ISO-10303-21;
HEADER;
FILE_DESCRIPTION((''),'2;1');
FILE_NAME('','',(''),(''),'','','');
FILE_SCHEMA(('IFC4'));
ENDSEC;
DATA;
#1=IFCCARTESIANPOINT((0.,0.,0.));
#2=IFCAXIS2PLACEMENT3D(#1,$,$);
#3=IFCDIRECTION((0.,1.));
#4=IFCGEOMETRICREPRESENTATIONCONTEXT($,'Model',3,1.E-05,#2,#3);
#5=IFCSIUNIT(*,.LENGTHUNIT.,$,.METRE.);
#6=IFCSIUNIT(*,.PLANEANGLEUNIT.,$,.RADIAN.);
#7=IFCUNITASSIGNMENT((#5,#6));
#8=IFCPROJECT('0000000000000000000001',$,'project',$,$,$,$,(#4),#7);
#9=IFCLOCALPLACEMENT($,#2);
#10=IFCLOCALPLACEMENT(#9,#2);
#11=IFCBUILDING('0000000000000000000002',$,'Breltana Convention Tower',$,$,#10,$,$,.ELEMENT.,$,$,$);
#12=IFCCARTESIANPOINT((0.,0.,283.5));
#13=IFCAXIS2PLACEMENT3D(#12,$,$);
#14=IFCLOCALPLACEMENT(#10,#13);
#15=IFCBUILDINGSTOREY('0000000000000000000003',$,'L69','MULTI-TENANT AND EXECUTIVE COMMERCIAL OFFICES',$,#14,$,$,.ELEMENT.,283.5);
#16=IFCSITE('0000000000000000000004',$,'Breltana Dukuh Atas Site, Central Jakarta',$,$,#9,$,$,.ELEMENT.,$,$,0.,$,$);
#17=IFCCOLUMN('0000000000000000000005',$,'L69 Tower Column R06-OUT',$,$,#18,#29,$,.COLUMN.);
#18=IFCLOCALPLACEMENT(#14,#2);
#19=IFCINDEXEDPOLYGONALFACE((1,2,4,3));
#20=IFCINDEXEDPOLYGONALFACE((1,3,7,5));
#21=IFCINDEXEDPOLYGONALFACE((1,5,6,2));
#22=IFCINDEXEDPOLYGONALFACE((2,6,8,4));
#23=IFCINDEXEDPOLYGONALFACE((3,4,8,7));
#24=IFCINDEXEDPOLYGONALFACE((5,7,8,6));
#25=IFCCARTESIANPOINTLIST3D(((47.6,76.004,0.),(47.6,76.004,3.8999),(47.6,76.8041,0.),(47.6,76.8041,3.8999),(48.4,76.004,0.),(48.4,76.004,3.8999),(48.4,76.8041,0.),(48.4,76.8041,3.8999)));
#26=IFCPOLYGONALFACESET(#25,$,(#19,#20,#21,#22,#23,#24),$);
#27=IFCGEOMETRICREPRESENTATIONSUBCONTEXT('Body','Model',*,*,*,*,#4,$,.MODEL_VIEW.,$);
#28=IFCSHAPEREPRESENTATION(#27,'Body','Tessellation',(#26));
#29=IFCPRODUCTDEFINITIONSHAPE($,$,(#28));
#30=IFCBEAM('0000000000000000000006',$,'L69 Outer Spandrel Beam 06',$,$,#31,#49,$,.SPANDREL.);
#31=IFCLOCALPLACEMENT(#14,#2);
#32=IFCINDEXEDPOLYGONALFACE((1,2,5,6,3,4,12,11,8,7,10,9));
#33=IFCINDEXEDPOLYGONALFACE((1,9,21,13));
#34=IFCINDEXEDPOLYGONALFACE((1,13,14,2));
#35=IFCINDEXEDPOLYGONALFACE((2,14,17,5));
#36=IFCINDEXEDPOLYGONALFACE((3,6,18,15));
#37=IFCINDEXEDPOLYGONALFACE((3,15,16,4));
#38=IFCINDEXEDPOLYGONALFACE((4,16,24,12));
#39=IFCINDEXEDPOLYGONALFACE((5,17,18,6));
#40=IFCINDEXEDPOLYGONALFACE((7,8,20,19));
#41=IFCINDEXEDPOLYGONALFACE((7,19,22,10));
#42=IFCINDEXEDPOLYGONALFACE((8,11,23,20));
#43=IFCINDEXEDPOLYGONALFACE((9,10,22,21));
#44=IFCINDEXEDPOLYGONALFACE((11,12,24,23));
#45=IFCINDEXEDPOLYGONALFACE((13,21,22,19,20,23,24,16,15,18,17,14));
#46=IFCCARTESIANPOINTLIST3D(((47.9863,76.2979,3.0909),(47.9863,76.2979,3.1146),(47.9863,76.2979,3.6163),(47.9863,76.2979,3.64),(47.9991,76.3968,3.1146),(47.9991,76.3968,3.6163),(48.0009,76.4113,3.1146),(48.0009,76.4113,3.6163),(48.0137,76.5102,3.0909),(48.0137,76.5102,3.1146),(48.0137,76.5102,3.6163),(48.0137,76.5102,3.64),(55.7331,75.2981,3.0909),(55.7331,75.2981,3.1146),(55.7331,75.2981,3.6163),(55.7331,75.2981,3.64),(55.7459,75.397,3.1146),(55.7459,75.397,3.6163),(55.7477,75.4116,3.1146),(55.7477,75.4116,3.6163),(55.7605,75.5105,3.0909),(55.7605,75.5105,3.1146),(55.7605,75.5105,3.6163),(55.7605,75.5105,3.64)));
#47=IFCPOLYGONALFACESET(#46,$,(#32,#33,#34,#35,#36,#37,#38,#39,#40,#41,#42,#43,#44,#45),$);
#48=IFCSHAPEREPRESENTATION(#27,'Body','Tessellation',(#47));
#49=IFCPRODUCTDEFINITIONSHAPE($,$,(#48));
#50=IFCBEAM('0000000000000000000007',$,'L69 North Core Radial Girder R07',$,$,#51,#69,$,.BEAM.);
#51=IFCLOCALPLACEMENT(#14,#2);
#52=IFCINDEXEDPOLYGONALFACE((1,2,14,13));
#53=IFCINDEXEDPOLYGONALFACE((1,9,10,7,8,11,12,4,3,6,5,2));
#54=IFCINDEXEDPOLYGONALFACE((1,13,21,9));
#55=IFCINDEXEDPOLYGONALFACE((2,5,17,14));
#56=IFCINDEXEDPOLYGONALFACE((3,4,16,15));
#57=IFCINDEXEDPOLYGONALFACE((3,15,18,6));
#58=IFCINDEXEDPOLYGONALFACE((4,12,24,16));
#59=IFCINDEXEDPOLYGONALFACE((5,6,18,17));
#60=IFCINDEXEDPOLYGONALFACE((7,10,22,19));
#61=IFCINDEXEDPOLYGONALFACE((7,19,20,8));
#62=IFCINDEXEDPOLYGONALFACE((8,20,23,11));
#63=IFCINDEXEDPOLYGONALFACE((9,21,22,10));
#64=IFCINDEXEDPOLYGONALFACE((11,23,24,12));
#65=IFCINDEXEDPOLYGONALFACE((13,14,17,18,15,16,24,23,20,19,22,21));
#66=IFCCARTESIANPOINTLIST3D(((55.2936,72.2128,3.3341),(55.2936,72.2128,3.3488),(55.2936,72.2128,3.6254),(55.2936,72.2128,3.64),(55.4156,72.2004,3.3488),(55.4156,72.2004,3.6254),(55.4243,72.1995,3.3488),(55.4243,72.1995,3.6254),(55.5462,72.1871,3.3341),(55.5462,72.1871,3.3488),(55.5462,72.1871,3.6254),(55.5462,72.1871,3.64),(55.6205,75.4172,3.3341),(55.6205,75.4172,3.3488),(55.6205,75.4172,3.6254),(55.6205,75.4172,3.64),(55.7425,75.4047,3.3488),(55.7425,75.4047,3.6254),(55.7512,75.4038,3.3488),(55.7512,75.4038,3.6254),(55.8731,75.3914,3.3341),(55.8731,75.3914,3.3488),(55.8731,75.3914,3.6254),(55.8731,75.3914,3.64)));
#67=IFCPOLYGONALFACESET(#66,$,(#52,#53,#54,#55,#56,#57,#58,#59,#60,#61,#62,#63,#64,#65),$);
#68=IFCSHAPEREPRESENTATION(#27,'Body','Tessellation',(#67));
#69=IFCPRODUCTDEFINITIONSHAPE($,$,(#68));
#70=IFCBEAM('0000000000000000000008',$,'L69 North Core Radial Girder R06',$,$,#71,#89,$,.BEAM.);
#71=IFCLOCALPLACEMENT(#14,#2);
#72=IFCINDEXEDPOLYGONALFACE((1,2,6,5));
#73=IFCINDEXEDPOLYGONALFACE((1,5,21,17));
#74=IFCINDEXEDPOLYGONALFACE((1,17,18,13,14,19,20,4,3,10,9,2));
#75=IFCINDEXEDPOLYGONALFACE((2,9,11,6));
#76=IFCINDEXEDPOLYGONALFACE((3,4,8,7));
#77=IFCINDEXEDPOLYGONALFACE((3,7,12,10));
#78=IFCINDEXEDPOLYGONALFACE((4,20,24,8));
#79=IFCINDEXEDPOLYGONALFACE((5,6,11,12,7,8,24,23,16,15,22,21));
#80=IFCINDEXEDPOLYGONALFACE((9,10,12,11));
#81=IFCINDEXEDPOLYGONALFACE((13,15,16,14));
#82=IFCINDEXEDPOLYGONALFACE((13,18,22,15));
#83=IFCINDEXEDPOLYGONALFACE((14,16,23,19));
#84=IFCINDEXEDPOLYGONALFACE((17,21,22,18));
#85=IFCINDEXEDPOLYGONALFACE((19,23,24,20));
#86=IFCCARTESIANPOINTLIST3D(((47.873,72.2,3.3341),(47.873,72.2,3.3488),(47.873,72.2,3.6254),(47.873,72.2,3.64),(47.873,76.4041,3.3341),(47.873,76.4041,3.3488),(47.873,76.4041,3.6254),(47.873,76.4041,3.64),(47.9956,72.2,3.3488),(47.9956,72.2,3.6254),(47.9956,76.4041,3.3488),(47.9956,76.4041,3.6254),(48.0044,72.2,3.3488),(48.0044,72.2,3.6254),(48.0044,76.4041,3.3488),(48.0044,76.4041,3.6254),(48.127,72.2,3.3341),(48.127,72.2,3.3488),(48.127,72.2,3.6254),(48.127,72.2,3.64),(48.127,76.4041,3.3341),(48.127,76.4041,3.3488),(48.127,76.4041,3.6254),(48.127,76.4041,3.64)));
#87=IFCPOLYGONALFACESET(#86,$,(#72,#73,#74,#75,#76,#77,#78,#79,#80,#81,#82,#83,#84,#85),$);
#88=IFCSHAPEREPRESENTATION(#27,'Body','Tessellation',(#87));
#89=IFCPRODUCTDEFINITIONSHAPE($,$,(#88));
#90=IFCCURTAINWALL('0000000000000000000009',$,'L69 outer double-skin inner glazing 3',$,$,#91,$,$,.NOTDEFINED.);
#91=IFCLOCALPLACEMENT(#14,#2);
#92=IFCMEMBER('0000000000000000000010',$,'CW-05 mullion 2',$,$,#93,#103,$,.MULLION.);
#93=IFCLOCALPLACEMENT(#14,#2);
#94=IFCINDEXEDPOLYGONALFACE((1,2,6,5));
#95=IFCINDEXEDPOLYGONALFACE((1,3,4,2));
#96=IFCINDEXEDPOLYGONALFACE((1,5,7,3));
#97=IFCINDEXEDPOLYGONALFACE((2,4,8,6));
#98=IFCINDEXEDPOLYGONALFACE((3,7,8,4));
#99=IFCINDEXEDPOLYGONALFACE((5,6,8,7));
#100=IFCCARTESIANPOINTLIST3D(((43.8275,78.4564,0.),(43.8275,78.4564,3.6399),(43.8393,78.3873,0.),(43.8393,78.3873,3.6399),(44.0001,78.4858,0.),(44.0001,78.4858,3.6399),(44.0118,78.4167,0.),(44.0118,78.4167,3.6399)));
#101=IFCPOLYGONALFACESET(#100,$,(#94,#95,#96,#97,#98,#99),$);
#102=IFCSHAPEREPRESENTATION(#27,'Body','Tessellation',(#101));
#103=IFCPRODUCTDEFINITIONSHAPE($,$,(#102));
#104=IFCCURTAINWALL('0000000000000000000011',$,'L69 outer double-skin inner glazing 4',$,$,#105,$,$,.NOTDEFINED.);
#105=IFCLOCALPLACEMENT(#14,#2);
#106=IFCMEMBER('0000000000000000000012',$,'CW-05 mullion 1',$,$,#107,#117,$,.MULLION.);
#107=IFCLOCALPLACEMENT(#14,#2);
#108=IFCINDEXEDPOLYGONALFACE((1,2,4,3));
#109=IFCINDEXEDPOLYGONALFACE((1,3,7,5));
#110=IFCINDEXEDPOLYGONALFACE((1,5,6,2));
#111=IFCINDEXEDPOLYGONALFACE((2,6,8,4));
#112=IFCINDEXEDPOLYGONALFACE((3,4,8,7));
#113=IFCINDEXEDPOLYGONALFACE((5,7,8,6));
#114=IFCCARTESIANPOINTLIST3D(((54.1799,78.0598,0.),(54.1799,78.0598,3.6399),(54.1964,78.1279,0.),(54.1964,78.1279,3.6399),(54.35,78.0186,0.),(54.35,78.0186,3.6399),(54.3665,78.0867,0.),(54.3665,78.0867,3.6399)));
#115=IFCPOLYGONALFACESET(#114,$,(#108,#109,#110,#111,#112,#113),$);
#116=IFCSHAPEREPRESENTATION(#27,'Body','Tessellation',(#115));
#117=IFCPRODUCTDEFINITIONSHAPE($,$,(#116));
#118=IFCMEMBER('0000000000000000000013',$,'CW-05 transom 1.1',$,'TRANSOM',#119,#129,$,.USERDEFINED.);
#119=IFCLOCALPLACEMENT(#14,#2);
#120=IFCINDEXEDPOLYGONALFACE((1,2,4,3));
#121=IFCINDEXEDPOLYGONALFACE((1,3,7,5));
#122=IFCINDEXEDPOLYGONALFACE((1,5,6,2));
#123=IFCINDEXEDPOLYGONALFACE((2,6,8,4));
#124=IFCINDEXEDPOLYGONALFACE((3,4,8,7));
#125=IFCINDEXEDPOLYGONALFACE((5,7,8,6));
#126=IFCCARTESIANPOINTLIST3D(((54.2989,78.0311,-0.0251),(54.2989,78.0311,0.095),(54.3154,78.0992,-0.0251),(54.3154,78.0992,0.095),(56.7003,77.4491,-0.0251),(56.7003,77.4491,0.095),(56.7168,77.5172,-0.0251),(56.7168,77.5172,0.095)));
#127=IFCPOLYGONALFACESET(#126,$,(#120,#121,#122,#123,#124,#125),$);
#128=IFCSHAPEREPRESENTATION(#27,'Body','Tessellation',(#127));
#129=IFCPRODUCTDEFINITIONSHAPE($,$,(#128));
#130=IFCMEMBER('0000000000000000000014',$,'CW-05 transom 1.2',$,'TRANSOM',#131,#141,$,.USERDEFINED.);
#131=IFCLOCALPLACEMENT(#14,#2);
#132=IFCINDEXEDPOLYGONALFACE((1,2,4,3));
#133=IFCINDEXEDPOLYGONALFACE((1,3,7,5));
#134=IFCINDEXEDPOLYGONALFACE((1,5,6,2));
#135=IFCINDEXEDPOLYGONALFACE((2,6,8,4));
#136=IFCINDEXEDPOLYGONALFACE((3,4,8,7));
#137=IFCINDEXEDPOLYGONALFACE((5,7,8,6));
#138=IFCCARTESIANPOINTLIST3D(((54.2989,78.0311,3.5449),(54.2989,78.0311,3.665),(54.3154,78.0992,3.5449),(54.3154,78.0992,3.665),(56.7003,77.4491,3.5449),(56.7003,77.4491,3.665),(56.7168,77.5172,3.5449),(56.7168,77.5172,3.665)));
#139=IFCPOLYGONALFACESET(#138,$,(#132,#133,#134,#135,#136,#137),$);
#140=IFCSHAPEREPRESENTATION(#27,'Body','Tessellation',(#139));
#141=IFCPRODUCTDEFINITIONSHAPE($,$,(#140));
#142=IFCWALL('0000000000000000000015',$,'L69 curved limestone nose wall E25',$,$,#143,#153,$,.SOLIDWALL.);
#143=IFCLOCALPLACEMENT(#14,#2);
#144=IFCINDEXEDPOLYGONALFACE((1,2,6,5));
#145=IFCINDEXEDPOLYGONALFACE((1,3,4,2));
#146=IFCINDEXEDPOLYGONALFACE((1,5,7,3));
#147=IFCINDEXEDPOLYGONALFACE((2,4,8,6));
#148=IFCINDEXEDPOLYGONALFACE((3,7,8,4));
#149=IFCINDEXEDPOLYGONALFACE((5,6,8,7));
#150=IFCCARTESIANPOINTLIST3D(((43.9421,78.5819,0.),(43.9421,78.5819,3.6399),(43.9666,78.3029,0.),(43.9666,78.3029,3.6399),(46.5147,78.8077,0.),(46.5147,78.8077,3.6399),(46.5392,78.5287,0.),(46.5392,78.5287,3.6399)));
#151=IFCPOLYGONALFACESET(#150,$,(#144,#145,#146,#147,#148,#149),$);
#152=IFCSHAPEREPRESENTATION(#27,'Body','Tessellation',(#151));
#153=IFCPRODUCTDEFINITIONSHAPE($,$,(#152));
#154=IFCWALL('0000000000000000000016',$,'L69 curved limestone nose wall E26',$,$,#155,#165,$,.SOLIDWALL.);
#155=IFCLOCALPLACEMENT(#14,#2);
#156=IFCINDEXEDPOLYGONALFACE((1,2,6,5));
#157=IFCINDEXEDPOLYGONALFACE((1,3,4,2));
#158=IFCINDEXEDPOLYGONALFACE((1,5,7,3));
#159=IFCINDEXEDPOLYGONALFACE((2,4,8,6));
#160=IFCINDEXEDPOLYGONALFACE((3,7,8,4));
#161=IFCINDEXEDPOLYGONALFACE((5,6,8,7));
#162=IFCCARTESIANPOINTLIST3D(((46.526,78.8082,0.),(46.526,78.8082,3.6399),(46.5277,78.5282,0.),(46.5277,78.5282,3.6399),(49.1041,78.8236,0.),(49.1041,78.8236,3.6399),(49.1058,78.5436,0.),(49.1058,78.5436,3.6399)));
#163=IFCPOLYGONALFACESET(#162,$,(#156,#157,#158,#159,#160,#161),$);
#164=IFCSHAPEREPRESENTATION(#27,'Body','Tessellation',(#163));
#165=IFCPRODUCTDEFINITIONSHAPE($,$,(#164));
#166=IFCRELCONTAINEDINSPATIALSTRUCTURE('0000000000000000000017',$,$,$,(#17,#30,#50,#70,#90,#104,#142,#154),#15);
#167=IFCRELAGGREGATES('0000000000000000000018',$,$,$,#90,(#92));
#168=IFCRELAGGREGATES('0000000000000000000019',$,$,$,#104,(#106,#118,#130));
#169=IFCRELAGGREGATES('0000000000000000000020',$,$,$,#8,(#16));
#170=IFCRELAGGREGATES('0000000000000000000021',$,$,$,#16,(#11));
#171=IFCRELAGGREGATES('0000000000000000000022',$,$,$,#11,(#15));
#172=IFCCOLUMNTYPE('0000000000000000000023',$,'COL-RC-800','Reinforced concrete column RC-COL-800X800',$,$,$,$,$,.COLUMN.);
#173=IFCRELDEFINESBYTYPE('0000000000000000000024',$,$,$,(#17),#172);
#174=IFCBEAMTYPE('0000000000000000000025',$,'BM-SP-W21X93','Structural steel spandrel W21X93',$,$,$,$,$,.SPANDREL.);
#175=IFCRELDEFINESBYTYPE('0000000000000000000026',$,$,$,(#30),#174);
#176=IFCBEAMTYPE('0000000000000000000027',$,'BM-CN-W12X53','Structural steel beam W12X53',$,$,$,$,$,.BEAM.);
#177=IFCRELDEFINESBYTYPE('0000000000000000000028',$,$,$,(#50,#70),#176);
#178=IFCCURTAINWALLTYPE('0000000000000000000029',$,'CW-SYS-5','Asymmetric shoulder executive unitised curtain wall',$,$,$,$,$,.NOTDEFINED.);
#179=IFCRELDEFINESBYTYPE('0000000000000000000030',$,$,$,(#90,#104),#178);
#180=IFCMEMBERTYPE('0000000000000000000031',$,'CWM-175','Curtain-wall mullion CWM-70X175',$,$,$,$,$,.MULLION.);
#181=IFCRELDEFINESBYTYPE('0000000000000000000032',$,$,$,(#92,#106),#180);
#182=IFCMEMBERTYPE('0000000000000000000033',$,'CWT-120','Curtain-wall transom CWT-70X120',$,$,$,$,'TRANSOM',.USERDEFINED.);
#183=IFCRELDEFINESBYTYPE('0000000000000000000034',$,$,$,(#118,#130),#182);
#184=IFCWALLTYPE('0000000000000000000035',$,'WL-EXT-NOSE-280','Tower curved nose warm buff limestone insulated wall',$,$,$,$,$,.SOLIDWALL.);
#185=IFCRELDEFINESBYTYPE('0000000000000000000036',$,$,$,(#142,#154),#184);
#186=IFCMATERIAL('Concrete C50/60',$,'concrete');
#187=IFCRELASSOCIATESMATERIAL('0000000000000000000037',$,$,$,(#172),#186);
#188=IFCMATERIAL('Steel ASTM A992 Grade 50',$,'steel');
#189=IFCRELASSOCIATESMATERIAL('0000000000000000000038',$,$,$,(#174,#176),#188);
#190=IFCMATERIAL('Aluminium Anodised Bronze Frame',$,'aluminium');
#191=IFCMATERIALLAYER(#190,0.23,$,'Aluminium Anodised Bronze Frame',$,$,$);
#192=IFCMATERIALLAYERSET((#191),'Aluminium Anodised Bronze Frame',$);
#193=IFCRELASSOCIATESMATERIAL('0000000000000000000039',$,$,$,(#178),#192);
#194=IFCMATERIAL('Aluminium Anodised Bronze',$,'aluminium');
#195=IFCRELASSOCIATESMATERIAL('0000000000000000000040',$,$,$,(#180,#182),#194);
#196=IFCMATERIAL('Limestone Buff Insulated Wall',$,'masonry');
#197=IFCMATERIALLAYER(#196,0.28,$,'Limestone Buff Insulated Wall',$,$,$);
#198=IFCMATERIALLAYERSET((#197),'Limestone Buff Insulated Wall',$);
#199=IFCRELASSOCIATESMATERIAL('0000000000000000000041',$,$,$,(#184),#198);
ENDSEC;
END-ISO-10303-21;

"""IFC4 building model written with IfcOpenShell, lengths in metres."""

from ifc_helpers import new_model, si_unit, direction, frame, frame_2d, origin, origin_2d, place, context, subcontext, project, spatial, rectangle, i_section, extrude, source, transform, mapped, material, layer, layer_set, material_profile, profile_set, type_object, element, aggregate, save


model = new_model("IFC4")

# Units and contexts
model_context = context("Model", 3, precision=1e-05, world=origin(), true_north=direction((0.0, 1.0)))
body_context = subcontext(model_context, "Body", "Model", "MODEL_VIEW")
ifc_project = project(units=[si_unit("LENGTHUNIT", "METRE"), si_unit("PLANEANGLEUNIT", "RADIAN")], contexts=[model_context])

# Site, building, storey
site_placement = place(None, origin())
site = spatial("IfcSite", under=ifc_project, at=site_placement, Name="Breltana Dukuh Atas Site, Central Jakarta", CompositionType="ELEMENT", RefElevation=0.0)
building_placement = place(site_placement, origin())
building = spatial("IfcBuilding", under=site, at=building_placement, Name="Breltana Convention Tower", CompositionType="ELEMENT")
storey_placement = place(building_placement, frame((0.0, 0.0, 283.5)))
storey = spatial("IfcBuildingStorey", under=building, at=storey_placement, Name="L69", Description="MULTI-TENANT AND EXECUTIVE COMMERCIAL OFFICES", CompositionType="ELEMENT", Elevation=283.5)

# Column
ifc_material_1 = material(Name="Concrete C50/60", Category="concrete")
ifc_material_profile_1 = material_profile(ifc_material_1, rectangle(XDim=0.8, YDim=0.8, at=origin_2d()), Name="RC-COL-800X800")
ifc_profile_set_1 = profile_set([ifc_material_profile_1], Name="Concrete C50/60")
column_type = type_object("IfcColumnType", Name="COL-RC-800", Description="Reinforced concrete column RC-COL-800X800", PredefinedType="COLUMN", material=ifc_profile_set_1)
shared_shape_1 = source(origin(), body_context, "Body", "SweptSolid", [
    extrude(rectangle(XDim=0.8, YDim=0.8, at=origin_2d()), origin(), (0.0, 0.0, 1.0), 3.8999),
])
column_placement = place(storey_placement, frame((48.0, 76.4041, 0.0), z_axis=(0.0, 0.0, 1.0), x_axis=(0.0, 1.0, 0.0)))
element("IfcColumn", 1, at=column_placement, inside=storey, type_object=column_type, Name="L69 Tower Column R06-OUT", PredefinedType="COLUMN", context=body_context, shape_type="MappedRepresentation", body=[
    mapped(shared_shape_1, transform((0.0, 0.0, 0.0), scale=1.0)),
])

# Beams
ifc_material_2 = material(Name="Steel ASTM A992 Grade 50", Category="steel")
ifc_material_profile_2 = material_profile(ifc_material_2, i_section(OverallWidth=0.2141, OverallDepth=0.5491, WebThickness=0.0146, FlangeThickness=0.0237, at=origin_2d()), Name="W21X93")
ifc_profile_set_2 = profile_set([ifc_material_profile_2], Name="Steel ASTM A992 Grade 50")
beam_type_1 = type_object("IfcBeamType", Name="BM-SP-W21X93", Description="Structural steel spandrel W21X93", PredefinedType="SPANDREL", material=ifc_profile_set_2)
shared_shape_2 = source(origin(), body_context, "Body", "SweptSolid", [
    extrude(i_section(OverallWidth=0.2141, OverallDepth=0.5491, WebThickness=0.0146, FlangeThickness=0.0237, at=origin_2d()), origin(), (0.0, 0.0, 1.0), 7.811),
])
beam_1_placement = place(storey_placement, frame((48.0, 76.4041, 3.3655), z_axis=(0.991775, -0.127992, 0.0), x_axis=(0.127992, 0.991775, 0.0)))
element("IfcBeam", 2, at=beam_1_placement, inside=storey, type_object=beam_type_1, Name="L69 Outer Spandrel Beam 06", PredefinedType="SPANDREL", context=body_context, shape_type="MappedRepresentation", body=[
    mapped(shared_shape_2, transform((0.0, 0.0, 0.0), scale=1.0)),
])
ifc_material_profile_3 = material_profile(ifc_material_2, i_section(OverallWidth=0.2539, OverallDepth=0.3059, WebThickness=0.0088, FlangeThickness=0.0146, at=origin_2d()), Name="W12X53")
ifc_profile_set_3 = profile_set([ifc_material_profile_3], Name="Steel ASTM A992 Grade 50")
beam_type_2 = type_object("IfcBeamType", Name="BM-CN-W12X53", Description="Structural steel beam W12X53", PredefinedType="BEAM", material=ifc_profile_set_3)
shared_shape_3 = source(origin(), body_context, "Body", "SweptSolid", [
    extrude(i_section(OverallWidth=0.2539, OverallDepth=0.3059, WebThickness=0.0088, FlangeThickness=0.0146, at=origin_2d()), origin(), (0.0, 0.0, 1.0), 3.2209),
])
beam_2_placement = place(storey_placement, frame((55.4199, 72.2, 3.4871), z_axis=(0.101492, 0.994836, 0.0), x_axis=(-0.994836, 0.101492, 0.0)))
element("IfcBeam", 3, at=beam_2_placement, inside=storey, type_object=beam_type_2, Name="L69 North Core Radial Girder R07", PredefinedType="BEAM", context=body_context, shape_type="MappedRepresentation", body=[
    mapped(shared_shape_3, transform((0.0, 0.0, 0.0), scale=1.0)),
])
shared_shape_4 = source(origin(), body_context, "Body", "SweptSolid", [
    extrude(i_section(OverallWidth=0.2539, OverallDepth=0.3059, WebThickness=0.0088, FlangeThickness=0.0146, at=origin_2d()), origin(), (0.0, 0.0, 1.0), 4.2041),
])
beam_3_placement = place(storey_placement, frame((48.0, 72.2, 3.4871), z_axis=(0.0, 1.0, 0.0), x_axis=(-1.0, 0.0, 0.0)))
element("IfcBeam", 4, at=beam_3_placement, inside=storey, type_object=beam_type_2, Name="L69 North Core Radial Girder R06", PredefinedType="BEAM", context=body_context, shape_type="MappedRepresentation", body=[
    mapped(shared_shape_4, transform((0.0, 0.0, 0.0), scale=1.0)),
])

# Curtain wall, member
ifc_material_3 = material(Name="Aluminium Anodised Bronze Frame", Category="aluminium")
ifc_layer_1 = layer(ifc_material_3, 0.23, Name="Aluminium Anodised Bronze Frame")
ifc_layer_set_1 = layer_set([ifc_layer_1], Name="Aluminium Anodised Bronze Frame")
curtain_wall_type = type_object("IfcCurtainWallType", Name="CW-SYS-5", Description="Asymmetric shoulder executive unitised curtain wall", PredefinedType="NOTDEFINED", material=ifc_layer_set_1)
curtain_wall_1_placement = place(storey_placement, origin())
curtain_wall_1 = element("IfcCurtainWall", 5, at=curtain_wall_1_placement, inside=storey, type_object=curtain_wall_type, Name="L69 outer double-skin inner glazing 3", PredefinedType="NOTDEFINED")
ifc_material_4 = material(Name="Aluminium Anodised Bronze", Category="aluminium")
ifc_material_profile_4 = material_profile(ifc_material_4, rectangle(XDim=0.0701, YDim=0.175, at=origin_2d()), Name="CWM-70X175")
ifc_profile_set_4 = profile_set([ifc_material_profile_4], Name="Aluminium Anodised Bronze")
member_type_1 = type_object("IfcMemberType", Name="CWM-175", Description="Curtain-wall mullion CWM-70X175", PredefinedType="MULLION", material=ifc_profile_set_4)
shared_shape_5 = source(origin(), body_context, "Body", "SweptSolid", [
    extrude(rectangle(XDim=0.0701, YDim=0.175, at=origin_2d()), origin(), (0.0, 0.0, 1.0), 3.6399),
])
member_1_placement = place(storey_placement, frame((43.9197, 78.4365, 0.0), z_axis=(0.0, 0.0, 1.0), x_axis=(-0.168017, 0.985784, 0.0)))
member_1 = element("IfcMember", 6, at=member_1_placement, type_object=member_type_1, Name="CW-05 mullion 2", PredefinedType="MULLION", context=body_context, shape_type="MappedRepresentation", body=[
    mapped(shared_shape_5, transform((0.0, 0.0, 0.0), scale=1.0)),
])
aggregate(curtain_wall_1, [member_1])

# Curtain wall, members
curtain_wall_2_placement = place(storey_placement, origin())
curtain_wall_2 = element("IfcCurtainWall", 7, at=curtain_wall_2_placement, inside=storey, type_object=curtain_wall_type, Name="L69 outer double-skin inner glazing 4", PredefinedType="NOTDEFINED")
member_2_placement = place(storey_placement, frame((54.2732, 78.0732, 0.0), z_axis=(0.0, 0.0, 1.0), x_axis=(0.235518, 0.97187, 0.0)))
member_2 = element("IfcMember", 8, at=member_2_placement, type_object=member_type_1, Name="CW-05 mullion 1", PredefinedType="MULLION", context=body_context, shape_type="MappedRepresentation", body=[
    mapped(shared_shape_5, transform((0.0, 0.0, 0.0), scale=1.0)),
])
ifc_material_profile_5 = material_profile(ifc_material_4, rectangle(XDim=0.0701, YDim=0.1201, at=origin_2d()), Name="CWT-70X120")
ifc_profile_set_5 = profile_set([ifc_material_profile_5], Name="Aluminium Anodised Bronze")
member_type_2 = type_object("IfcMemberType", Name="CWT-120", Description="Curtain-wall transom CWT-70X120", ElementType="TRANSOM", PredefinedType="USERDEFINED", material=ifc_profile_set_5)
shared_shape_6 = source(origin(), body_context, "Body", "SweptSolid", [
    extrude(rectangle(XDim=0.0701, YDim=0.1201, at=origin_2d()), origin(), (0.0, 0.0, 1.0), 2.4709),
])
member_3_placement = place(storey_placement, frame((54.3071, 78.0652, 0.0349), z_axis=(0.971861, -0.235555, 0.0), x_axis=(0.235555, 0.971861, 0.0)))
member_3 = element("IfcMember", 9, at=member_3_placement, type_object=member_type_2, Name="CW-05 transom 1.1", ObjectType="TRANSOM", PredefinedType="USERDEFINED", context=body_context, shape_type="MappedRepresentation", body=[
    mapped(shared_shape_6, transform((0.0, 0.0, 0.0), scale=1.0)),
])
member_4_placement = place(storey_placement, frame((54.3071, 78.0652, 3.605), z_axis=(0.971861, -0.235555, 0.0), x_axis=(0.235555, 0.971861, 0.0)))
member_4 = element("IfcMember", 10, at=member_4_placement, type_object=member_type_2, Name="CW-05 transom 1.2", ObjectType="TRANSOM", PredefinedType="USERDEFINED", context=body_context, shape_type="MappedRepresentation", body=[
    mapped(shared_shape_6, transform((0.0, 0.0, 0.0), scale=1.0)),
])
aggregate(curtain_wall_2, [member_2, member_3, member_4])

# Walls
ifc_material_5 = material(Name="Limestone Buff Insulated Wall", Category="masonry")
ifc_layer_2 = layer(ifc_material_5, 0.28, Name="Limestone Buff Insulated Wall")
ifc_layer_set_2 = layer_set([ifc_layer_2], Name="Limestone Buff Insulated Wall")
wall_type_1 = type_object("IfcWallType", Name="WL-EXT-NOSE-280", Description="Tower curved nose warm buff limestone insulated wall", PredefinedType="SOLIDWALL", material=ifc_layer_set_2)
shared_shape_7 = source(origin(), body_context, "Body", "SweptSolid", [
    extrude(rectangle(XDim=2.5825, YDim=0.28, at=frame_2d((1.2913, 0.0))), origin(), (0.0, 0.0, 1.0), 3.6399),
])
wall_1_placement = place(storey_placement, frame((43.9543, 78.4424, 0.0), z_axis=(0.0, 0.0, 1.0), x_axis=(0.996169, 0.08745, 0.0)))
element("IfcWall", 11, at=wall_1_placement, inside=storey, type_object=wall_type_1, Name="L69 curved limestone nose wall E25", PredefinedType="SOLIDWALL", context=body_context, shape_type="MappedRepresentation", body=[
    mapped(shared_shape_7, transform((0.0, 0.0, 0.0), scale=1.0)),
])
shared_shape_8 = source(origin(), body_context, "Body", "SweptSolid", [
    extrude(rectangle(XDim=2.5781, YDim=0.28, at=frame_2d((1.2891, 0.0))), origin(), (0.0, 0.0, 1.0), 3.6399),
])
wall_2_placement = place(storey_placement, frame((46.5269, 78.6682, 0.0), z_axis=(0.0, 0.0, 1.0), x_axis=(0.999982, 0.005966, 0.0)))
element("IfcWall", 12, at=wall_2_placement, inside=storey, type_object=wall_type_1, Name="L69 curved limestone nose wall E26", PredefinedType="SOLIDWALL", context=body_context, shape_type="MappedRepresentation", body=[
    mapped(shared_shape_8, transform((0.0, 0.0, 0.0), scale=1.0)),
])

save(model, "model.ifc")
